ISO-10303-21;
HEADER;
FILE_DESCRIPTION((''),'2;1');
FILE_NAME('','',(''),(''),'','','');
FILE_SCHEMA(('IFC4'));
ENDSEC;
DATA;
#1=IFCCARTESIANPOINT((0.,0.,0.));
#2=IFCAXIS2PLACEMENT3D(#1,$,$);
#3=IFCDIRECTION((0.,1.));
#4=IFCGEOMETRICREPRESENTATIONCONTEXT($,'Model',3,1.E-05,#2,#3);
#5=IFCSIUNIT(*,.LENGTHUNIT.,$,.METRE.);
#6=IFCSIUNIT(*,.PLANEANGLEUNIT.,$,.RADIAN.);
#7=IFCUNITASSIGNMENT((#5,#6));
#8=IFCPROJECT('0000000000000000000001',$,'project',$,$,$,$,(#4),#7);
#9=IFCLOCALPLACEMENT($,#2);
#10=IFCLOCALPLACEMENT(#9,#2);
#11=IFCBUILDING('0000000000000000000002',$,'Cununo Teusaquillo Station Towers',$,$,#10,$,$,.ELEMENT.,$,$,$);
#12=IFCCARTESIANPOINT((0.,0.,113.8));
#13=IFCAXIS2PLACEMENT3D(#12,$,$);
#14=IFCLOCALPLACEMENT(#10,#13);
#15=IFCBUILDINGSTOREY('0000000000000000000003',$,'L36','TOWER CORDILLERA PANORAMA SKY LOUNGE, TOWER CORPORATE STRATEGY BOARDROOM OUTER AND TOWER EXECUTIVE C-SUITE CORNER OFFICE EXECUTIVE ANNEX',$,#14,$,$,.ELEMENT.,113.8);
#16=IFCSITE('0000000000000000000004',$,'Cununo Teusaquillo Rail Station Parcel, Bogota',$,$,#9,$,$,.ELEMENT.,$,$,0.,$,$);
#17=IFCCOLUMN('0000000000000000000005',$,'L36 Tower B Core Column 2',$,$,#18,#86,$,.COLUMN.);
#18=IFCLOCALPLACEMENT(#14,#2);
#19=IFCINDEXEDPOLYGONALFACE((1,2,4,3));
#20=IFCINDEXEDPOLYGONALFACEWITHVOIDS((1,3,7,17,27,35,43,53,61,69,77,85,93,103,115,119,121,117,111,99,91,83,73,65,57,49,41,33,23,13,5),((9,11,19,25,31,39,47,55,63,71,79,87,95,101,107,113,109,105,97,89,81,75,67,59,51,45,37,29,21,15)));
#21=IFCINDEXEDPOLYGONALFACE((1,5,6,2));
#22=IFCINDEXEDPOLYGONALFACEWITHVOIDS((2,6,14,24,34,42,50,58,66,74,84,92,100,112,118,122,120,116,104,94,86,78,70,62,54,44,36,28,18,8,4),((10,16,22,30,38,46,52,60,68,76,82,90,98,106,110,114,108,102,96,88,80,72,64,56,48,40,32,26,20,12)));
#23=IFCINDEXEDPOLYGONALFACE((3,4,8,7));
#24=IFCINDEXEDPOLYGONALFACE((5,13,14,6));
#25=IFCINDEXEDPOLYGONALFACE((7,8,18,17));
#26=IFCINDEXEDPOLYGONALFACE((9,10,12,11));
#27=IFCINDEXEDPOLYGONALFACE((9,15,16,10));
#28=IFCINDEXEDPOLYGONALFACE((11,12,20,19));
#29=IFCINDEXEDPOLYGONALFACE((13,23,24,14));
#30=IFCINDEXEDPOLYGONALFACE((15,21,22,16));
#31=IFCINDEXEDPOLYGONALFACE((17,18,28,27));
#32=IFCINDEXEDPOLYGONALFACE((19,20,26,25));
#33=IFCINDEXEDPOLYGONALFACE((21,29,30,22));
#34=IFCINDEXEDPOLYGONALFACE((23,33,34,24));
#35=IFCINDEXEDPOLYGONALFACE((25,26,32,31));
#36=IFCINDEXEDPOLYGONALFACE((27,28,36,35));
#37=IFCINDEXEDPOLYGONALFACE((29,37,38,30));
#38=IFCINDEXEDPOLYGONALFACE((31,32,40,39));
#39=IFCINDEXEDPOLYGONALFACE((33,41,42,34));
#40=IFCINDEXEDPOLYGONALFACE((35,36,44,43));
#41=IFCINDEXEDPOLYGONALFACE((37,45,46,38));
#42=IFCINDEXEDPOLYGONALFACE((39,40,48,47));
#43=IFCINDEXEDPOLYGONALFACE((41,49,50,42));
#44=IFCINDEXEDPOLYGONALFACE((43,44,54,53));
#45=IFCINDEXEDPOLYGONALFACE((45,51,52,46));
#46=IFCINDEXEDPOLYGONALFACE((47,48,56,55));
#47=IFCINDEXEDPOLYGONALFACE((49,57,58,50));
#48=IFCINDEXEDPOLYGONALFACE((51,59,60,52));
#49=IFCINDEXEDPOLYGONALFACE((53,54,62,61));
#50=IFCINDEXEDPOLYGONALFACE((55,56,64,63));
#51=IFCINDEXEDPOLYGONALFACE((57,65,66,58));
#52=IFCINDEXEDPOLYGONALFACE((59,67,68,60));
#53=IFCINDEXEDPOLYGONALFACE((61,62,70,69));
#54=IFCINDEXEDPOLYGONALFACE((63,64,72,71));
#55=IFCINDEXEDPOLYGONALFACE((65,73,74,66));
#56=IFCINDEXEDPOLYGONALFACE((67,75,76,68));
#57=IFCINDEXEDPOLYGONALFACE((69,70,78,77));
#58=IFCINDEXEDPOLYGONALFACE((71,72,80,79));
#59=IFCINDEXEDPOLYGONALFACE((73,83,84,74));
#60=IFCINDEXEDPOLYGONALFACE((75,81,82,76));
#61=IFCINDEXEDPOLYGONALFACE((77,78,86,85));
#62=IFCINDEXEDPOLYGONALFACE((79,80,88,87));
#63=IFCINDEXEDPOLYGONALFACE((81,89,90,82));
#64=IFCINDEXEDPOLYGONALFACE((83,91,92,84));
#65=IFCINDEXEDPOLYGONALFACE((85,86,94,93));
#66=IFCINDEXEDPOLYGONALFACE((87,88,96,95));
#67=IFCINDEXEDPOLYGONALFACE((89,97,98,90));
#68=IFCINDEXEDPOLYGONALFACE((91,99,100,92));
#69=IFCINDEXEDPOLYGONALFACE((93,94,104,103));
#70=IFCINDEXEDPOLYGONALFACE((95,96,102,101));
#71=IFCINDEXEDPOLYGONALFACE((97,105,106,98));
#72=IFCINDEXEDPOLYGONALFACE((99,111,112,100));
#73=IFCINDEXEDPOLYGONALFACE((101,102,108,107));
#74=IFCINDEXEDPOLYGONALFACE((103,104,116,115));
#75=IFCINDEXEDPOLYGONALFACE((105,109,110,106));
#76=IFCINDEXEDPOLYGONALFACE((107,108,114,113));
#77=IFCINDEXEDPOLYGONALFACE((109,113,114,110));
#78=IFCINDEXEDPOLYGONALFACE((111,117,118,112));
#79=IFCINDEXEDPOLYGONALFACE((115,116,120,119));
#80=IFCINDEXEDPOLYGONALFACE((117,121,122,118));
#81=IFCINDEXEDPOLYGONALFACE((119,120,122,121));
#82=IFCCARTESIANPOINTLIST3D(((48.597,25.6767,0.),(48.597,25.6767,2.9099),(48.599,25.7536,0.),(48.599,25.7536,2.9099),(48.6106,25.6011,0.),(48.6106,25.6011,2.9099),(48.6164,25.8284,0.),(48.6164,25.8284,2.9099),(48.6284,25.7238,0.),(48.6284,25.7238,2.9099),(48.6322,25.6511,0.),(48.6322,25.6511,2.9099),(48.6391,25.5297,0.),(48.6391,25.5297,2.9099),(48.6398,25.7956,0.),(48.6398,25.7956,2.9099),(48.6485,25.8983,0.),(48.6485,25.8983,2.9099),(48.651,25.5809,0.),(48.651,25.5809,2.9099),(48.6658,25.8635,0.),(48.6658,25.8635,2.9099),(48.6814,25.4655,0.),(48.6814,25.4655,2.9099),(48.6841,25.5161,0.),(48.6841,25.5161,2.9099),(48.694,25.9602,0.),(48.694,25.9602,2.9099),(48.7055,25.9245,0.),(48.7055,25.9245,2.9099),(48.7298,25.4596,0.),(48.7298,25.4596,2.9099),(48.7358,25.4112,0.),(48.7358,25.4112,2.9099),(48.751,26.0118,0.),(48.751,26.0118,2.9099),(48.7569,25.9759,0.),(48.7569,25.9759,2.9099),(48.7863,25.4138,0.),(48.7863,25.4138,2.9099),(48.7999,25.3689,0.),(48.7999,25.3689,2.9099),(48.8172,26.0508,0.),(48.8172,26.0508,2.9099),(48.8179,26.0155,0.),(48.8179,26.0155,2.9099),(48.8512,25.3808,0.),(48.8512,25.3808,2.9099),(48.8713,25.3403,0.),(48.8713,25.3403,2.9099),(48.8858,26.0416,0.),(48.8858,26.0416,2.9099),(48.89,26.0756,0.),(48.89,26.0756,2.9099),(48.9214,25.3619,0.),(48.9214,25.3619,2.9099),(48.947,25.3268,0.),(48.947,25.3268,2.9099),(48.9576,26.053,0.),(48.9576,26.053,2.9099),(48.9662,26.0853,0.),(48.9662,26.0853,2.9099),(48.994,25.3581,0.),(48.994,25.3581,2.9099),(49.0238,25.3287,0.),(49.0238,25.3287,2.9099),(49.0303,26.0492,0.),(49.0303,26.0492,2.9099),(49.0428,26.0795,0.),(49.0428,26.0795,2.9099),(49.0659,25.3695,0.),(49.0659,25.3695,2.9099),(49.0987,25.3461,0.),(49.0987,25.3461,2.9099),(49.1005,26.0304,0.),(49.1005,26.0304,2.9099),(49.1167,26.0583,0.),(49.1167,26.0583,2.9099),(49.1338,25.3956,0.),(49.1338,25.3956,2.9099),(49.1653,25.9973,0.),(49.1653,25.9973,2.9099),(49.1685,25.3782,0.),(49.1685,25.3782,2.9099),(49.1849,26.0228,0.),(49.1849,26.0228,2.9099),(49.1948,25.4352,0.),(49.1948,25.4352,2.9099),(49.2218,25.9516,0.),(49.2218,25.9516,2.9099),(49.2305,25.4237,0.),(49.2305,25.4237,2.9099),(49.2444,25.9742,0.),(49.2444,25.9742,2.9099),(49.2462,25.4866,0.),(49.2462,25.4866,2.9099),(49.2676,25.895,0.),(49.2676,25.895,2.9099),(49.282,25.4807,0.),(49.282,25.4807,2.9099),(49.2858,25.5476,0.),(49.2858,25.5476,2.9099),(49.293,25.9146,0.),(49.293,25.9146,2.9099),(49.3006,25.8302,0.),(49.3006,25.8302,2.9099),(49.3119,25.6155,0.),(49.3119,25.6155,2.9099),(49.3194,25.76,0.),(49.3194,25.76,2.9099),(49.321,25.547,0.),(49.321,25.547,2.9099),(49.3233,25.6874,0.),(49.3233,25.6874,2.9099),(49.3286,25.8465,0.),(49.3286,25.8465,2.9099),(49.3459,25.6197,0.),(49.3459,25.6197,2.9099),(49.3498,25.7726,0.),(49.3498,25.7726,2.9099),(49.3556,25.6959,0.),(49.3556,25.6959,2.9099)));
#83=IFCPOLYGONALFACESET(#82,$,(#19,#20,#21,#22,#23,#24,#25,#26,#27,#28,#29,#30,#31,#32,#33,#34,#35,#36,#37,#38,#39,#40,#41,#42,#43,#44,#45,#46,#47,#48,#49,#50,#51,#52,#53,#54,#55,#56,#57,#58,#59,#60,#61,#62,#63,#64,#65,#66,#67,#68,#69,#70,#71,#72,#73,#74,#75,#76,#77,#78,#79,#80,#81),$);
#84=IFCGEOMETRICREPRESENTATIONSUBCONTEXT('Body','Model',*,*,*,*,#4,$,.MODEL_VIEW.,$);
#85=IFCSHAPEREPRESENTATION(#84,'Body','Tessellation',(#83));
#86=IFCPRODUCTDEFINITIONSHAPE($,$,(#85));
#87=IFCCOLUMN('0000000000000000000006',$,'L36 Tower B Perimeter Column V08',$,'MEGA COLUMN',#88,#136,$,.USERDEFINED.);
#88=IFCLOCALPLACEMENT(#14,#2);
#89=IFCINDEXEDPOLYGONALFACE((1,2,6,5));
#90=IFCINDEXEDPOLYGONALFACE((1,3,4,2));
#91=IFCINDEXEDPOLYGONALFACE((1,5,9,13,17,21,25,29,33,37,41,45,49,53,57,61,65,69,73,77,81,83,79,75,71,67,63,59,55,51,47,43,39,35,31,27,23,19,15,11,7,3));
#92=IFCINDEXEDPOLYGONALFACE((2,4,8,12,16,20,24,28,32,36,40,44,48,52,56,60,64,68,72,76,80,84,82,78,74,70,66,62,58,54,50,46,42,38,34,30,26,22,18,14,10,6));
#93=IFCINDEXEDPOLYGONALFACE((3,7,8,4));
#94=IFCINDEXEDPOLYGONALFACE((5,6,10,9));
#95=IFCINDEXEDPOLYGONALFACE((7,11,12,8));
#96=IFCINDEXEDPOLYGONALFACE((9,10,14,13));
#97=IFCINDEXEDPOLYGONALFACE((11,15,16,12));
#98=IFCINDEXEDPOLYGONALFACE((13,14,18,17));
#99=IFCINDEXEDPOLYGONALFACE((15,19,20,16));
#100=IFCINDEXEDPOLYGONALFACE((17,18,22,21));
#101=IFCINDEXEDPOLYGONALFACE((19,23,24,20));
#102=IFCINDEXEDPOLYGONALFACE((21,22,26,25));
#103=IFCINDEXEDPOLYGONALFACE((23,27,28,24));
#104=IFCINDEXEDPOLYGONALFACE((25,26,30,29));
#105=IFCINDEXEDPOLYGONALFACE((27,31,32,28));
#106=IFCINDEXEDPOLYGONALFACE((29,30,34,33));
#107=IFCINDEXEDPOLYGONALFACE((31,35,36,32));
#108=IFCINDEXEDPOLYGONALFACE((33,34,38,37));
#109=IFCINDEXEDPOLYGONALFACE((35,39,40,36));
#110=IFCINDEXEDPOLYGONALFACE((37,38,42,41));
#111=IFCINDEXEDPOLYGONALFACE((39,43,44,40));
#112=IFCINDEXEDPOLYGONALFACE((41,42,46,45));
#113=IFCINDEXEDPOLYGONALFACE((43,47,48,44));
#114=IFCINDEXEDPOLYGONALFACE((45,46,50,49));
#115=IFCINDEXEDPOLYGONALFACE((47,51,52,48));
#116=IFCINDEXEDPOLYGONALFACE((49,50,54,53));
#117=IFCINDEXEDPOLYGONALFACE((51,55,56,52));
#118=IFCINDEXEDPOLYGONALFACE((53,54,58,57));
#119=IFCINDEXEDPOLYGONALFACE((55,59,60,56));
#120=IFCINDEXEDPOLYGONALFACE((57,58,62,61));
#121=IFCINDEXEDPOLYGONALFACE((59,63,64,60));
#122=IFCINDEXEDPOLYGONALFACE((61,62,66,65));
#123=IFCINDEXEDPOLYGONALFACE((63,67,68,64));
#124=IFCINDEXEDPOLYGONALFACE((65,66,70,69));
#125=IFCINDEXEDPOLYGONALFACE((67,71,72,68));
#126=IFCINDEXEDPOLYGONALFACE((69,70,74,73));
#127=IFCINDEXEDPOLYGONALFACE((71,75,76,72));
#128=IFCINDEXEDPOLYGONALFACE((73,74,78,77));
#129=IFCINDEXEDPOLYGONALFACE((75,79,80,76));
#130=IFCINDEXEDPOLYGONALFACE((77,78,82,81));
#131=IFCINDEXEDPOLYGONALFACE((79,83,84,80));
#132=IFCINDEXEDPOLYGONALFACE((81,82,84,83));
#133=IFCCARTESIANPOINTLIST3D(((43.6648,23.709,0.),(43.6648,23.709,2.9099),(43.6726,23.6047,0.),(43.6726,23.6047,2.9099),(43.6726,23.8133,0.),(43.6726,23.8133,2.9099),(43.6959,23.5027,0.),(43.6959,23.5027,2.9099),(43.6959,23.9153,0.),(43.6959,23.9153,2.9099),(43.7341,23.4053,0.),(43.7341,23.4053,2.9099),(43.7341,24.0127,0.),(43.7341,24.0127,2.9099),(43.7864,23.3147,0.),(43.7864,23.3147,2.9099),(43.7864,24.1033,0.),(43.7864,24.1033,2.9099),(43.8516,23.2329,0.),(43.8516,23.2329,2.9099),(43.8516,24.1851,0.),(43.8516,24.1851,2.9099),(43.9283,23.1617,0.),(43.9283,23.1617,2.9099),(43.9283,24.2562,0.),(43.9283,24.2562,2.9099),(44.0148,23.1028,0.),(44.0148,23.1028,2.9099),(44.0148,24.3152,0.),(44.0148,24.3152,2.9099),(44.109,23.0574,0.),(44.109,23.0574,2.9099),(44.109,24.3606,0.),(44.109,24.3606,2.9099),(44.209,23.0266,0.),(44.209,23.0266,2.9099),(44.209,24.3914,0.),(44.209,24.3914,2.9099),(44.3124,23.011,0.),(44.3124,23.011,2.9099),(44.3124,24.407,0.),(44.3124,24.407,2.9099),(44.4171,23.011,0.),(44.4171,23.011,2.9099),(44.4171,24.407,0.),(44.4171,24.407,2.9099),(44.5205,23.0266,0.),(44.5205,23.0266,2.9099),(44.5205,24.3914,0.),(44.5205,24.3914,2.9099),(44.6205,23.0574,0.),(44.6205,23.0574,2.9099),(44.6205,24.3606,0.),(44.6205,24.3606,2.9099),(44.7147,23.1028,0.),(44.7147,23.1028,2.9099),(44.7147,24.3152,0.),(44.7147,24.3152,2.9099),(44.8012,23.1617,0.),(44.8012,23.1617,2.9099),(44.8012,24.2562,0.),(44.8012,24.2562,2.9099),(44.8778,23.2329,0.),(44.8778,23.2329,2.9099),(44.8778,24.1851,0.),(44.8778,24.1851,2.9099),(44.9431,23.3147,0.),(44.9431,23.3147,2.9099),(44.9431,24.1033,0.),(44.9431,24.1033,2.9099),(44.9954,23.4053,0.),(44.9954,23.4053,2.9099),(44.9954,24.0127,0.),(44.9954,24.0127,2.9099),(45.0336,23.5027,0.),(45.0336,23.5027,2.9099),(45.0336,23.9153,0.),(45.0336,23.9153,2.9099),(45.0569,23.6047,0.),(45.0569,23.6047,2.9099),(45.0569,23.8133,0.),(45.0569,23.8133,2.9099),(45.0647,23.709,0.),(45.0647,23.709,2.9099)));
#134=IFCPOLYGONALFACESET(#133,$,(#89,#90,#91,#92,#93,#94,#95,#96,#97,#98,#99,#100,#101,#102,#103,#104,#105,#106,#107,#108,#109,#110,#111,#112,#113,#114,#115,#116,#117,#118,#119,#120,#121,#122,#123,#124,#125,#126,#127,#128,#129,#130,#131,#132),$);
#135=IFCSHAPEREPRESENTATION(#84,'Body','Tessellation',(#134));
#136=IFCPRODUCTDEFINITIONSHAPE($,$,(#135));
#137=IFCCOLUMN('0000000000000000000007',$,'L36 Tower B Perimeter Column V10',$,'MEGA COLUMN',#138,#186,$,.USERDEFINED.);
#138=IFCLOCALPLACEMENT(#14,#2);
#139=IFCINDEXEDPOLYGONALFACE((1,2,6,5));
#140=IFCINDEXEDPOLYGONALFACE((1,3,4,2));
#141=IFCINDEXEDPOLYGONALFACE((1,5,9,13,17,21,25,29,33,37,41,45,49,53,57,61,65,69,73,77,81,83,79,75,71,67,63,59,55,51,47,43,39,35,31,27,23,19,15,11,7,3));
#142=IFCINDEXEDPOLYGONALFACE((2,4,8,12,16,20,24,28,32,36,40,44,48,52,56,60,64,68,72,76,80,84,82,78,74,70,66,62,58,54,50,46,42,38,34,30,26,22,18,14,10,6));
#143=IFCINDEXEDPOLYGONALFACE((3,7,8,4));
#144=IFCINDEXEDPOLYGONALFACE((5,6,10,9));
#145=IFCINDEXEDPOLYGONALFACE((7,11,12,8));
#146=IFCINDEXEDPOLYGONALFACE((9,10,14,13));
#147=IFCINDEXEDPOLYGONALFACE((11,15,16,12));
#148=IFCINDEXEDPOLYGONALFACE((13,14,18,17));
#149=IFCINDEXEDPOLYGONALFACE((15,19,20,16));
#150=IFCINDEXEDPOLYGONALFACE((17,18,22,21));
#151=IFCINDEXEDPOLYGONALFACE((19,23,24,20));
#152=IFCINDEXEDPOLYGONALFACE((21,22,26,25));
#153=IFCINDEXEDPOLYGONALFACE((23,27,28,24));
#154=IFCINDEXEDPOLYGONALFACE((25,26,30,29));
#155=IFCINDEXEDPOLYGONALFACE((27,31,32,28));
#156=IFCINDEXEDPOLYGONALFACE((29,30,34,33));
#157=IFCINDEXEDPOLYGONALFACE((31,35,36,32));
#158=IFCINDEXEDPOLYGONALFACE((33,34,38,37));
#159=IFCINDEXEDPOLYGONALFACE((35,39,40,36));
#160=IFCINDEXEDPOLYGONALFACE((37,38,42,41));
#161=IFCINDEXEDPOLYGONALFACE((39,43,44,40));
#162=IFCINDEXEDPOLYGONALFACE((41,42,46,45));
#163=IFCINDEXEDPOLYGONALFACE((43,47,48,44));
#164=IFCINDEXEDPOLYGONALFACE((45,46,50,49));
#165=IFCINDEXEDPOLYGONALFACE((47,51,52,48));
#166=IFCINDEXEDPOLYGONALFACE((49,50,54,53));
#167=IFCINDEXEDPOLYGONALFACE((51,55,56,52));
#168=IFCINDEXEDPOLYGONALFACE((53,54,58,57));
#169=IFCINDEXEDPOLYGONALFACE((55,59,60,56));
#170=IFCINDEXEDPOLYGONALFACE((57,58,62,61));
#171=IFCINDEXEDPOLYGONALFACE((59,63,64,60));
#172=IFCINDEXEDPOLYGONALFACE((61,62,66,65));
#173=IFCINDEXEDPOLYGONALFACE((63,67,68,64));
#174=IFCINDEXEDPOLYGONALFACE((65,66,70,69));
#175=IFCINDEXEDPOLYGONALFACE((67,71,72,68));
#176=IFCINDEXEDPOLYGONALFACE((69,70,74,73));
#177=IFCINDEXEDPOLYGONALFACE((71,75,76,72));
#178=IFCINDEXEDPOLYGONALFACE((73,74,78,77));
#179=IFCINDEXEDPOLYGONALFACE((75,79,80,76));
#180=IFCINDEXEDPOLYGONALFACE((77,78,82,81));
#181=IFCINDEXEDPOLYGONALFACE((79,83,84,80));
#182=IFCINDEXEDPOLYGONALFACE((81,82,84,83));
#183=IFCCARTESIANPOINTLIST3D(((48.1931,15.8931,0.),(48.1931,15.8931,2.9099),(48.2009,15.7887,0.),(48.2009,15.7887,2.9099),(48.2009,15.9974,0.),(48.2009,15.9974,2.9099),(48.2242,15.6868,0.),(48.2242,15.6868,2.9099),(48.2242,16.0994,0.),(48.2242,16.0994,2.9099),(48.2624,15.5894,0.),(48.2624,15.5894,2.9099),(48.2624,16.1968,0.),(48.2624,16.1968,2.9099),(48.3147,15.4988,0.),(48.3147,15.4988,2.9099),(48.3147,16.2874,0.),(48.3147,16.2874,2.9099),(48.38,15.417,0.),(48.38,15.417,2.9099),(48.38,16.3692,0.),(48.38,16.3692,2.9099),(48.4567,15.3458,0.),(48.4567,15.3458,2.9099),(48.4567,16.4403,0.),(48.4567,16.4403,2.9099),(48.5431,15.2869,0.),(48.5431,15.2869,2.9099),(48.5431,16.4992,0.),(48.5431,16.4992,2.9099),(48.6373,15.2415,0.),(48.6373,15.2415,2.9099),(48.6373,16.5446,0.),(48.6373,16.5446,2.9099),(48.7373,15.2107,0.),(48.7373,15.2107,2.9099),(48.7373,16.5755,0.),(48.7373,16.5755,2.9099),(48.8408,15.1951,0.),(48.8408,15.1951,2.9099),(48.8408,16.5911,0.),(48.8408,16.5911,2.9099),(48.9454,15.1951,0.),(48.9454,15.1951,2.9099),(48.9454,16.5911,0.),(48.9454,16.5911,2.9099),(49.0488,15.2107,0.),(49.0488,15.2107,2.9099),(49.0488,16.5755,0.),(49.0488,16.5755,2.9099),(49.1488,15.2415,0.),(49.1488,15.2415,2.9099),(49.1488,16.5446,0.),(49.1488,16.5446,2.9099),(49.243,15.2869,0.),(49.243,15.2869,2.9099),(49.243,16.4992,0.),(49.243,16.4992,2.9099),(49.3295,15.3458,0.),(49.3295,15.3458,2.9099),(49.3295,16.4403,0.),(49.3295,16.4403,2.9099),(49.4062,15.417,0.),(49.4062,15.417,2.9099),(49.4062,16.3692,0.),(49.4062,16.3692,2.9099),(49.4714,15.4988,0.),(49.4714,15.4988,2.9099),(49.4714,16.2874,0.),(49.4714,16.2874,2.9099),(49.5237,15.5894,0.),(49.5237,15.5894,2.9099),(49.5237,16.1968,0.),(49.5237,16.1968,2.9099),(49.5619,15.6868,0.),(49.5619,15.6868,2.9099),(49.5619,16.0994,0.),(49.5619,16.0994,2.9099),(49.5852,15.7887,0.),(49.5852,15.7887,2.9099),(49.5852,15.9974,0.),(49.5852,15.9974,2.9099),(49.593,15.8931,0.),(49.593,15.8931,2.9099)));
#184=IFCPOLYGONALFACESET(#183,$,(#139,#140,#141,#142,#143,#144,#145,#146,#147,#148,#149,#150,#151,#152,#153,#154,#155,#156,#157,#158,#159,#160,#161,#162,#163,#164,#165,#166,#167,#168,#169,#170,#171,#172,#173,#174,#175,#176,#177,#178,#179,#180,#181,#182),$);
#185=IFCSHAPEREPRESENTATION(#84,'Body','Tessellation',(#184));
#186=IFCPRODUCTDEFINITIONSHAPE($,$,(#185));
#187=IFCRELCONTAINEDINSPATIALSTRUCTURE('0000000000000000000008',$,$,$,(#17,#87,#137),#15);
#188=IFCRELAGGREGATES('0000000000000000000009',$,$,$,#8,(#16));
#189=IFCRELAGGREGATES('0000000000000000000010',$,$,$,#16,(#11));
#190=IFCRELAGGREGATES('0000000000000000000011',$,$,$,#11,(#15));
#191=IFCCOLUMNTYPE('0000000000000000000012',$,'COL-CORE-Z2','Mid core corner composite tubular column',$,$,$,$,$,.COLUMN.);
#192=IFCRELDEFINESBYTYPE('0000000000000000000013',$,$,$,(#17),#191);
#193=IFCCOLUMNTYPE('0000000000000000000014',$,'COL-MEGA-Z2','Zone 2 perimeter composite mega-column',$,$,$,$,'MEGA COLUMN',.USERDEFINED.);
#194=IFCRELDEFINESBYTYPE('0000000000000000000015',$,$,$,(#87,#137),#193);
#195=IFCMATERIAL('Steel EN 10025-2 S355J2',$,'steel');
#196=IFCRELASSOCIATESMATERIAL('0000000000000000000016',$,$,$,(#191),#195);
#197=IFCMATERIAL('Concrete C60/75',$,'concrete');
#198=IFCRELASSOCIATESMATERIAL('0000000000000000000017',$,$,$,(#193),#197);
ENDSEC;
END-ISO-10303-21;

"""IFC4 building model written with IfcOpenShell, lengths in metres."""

from ifc_helpers import new_model, si_unit, direction, frame, origin, origin_2d, place, context, subcontext, project, spatial, circle, hollow_circle, extrude, material, material_profile, profile_set, type_object, element, save


model = new_model("IFC4")

# Units and contexts
model_context = context("Model", 3, precision=1e-05, world=origin(), true_north=direction((0.0, 1.0)))
body_context = subcontext(model_context, "Body", "Model", "MODEL_VIEW")
ifc_project = project(units=[si_unit("LENGTHUNIT", "METRE"), si_unit("PLANEANGLEUNIT", "RADIAN")], contexts=[model_context])

# Site, building, storey
site_placement = place(None, origin())
site = spatial("IfcSite", under=ifc_project, at=site_placement, Name="Cununo Teusaquillo Rail Station Parcel, Bogota", CompositionType="ELEMENT", RefElevation=0.0)
building_placement = place(site_placement, origin())
building = spatial("IfcBuilding", under=site, at=building_placement, Name="Cununo Teusaquillo Station Towers", CompositionType="ELEMENT")
storey_placement = place(building_placement, frame((0.0, 0.0, 113.8)))
storey = spatial("IfcBuildingStorey", under=building, at=storey_placement, Name="L36", Description="TOWER CORDILLERA PANORAMA SKY LOUNGE, TOWER CORPORATE STRATEGY BOARDROOM OUTER AND TOWER EXECUTIVE C-SUITE CORNER OFFICE EXECUTIVE ANNEX", CompositionType="ELEMENT", Elevation=113.8)

# Columns
ifc_material_1 = material(Name="Steel EN 10025-2 S355J2", Category="steel")
ifc_material_profile_1 = material_profile(ifc_material_1, hollow_circle(Radius=0.3799, WallThickness=0.032, at=origin_2d()), Name="CHS 760x32")
ifc_profile_set_1 = profile_set([ifc_material_profile_1], Name="Steel EN 10025-2 S355J2")
column_type_1 = type_object("IfcColumnType", Name="COL-CORE-Z2", Description="Mid core corner composite tubular column", PredefinedType="COLUMN", material=ifc_profile_set_1)
column_placement = place(storey_placement, frame((48.9758, 25.7056, 0.0), z_axis=(0.0, 0.0, 1.0), x_axis=(0.707107, 0.707107, 0.0)))
element("IfcColumn", 1, at=column_placement, inside=storey, type_object=column_type_1, Name="L36 Tower B Core Column 2", PredefinedType="COLUMN", context=body_context, shape_type="SweptSolid", body=[
    extrude(hollow_circle(Radius=0.3799, WallThickness=0.032, at=origin_2d()), origin(), (0.0, 0.0, 1.0), 2.9099),
])
ifc_material_2 = material(Name="Concrete C60/75", Category="concrete")
ifc_material_profile_2 = material_profile(ifc_material_2, circle(Radius=0.7, at=origin_2d()), Name="RC-CIRC-1400")
ifc_profile_set_2 = profile_set([ifc_material_profile_2], Name="Concrete C60/75")
column_type_2 = type_object("IfcColumnType", Name="COL-MEGA-Z2", Description="Zone 2 perimeter composite mega-column", ElementType="MEGA COLUMN", PredefinedType="USERDEFINED", material=ifc_profile_set_2)
for number, where, z_axis, x_axis, name in (
    (2, (44.3647, 23.709, 0.0), (0.0, 0.0, 1.0), (1.0, 0.0, 0.0), "L36 Tower B Perimeter Column V08"),
    (3, (48.8931, 15.8931, 0.0), (0.0, 0.0, 1.0), (1.0, 0.0, 0.0), "L36 Tower B Perimeter Column V10"),
):
    element("IfcColumn", number, at=place(storey_placement, frame(where, z_axis=z_axis, x_axis=x_axis)), inside=storey, type_object=column_type_2, Name=name, ObjectType="MEGA COLUMN", PredefinedType="USERDEFINED", context=body_context, shape_type="SweptSolid", body=[
        extrude(circle(Radius=0.7, at=origin_2d()), origin(), (0.0, 0.0, 1.0), 2.9099),
    ])

save(model, "model.ifc")
